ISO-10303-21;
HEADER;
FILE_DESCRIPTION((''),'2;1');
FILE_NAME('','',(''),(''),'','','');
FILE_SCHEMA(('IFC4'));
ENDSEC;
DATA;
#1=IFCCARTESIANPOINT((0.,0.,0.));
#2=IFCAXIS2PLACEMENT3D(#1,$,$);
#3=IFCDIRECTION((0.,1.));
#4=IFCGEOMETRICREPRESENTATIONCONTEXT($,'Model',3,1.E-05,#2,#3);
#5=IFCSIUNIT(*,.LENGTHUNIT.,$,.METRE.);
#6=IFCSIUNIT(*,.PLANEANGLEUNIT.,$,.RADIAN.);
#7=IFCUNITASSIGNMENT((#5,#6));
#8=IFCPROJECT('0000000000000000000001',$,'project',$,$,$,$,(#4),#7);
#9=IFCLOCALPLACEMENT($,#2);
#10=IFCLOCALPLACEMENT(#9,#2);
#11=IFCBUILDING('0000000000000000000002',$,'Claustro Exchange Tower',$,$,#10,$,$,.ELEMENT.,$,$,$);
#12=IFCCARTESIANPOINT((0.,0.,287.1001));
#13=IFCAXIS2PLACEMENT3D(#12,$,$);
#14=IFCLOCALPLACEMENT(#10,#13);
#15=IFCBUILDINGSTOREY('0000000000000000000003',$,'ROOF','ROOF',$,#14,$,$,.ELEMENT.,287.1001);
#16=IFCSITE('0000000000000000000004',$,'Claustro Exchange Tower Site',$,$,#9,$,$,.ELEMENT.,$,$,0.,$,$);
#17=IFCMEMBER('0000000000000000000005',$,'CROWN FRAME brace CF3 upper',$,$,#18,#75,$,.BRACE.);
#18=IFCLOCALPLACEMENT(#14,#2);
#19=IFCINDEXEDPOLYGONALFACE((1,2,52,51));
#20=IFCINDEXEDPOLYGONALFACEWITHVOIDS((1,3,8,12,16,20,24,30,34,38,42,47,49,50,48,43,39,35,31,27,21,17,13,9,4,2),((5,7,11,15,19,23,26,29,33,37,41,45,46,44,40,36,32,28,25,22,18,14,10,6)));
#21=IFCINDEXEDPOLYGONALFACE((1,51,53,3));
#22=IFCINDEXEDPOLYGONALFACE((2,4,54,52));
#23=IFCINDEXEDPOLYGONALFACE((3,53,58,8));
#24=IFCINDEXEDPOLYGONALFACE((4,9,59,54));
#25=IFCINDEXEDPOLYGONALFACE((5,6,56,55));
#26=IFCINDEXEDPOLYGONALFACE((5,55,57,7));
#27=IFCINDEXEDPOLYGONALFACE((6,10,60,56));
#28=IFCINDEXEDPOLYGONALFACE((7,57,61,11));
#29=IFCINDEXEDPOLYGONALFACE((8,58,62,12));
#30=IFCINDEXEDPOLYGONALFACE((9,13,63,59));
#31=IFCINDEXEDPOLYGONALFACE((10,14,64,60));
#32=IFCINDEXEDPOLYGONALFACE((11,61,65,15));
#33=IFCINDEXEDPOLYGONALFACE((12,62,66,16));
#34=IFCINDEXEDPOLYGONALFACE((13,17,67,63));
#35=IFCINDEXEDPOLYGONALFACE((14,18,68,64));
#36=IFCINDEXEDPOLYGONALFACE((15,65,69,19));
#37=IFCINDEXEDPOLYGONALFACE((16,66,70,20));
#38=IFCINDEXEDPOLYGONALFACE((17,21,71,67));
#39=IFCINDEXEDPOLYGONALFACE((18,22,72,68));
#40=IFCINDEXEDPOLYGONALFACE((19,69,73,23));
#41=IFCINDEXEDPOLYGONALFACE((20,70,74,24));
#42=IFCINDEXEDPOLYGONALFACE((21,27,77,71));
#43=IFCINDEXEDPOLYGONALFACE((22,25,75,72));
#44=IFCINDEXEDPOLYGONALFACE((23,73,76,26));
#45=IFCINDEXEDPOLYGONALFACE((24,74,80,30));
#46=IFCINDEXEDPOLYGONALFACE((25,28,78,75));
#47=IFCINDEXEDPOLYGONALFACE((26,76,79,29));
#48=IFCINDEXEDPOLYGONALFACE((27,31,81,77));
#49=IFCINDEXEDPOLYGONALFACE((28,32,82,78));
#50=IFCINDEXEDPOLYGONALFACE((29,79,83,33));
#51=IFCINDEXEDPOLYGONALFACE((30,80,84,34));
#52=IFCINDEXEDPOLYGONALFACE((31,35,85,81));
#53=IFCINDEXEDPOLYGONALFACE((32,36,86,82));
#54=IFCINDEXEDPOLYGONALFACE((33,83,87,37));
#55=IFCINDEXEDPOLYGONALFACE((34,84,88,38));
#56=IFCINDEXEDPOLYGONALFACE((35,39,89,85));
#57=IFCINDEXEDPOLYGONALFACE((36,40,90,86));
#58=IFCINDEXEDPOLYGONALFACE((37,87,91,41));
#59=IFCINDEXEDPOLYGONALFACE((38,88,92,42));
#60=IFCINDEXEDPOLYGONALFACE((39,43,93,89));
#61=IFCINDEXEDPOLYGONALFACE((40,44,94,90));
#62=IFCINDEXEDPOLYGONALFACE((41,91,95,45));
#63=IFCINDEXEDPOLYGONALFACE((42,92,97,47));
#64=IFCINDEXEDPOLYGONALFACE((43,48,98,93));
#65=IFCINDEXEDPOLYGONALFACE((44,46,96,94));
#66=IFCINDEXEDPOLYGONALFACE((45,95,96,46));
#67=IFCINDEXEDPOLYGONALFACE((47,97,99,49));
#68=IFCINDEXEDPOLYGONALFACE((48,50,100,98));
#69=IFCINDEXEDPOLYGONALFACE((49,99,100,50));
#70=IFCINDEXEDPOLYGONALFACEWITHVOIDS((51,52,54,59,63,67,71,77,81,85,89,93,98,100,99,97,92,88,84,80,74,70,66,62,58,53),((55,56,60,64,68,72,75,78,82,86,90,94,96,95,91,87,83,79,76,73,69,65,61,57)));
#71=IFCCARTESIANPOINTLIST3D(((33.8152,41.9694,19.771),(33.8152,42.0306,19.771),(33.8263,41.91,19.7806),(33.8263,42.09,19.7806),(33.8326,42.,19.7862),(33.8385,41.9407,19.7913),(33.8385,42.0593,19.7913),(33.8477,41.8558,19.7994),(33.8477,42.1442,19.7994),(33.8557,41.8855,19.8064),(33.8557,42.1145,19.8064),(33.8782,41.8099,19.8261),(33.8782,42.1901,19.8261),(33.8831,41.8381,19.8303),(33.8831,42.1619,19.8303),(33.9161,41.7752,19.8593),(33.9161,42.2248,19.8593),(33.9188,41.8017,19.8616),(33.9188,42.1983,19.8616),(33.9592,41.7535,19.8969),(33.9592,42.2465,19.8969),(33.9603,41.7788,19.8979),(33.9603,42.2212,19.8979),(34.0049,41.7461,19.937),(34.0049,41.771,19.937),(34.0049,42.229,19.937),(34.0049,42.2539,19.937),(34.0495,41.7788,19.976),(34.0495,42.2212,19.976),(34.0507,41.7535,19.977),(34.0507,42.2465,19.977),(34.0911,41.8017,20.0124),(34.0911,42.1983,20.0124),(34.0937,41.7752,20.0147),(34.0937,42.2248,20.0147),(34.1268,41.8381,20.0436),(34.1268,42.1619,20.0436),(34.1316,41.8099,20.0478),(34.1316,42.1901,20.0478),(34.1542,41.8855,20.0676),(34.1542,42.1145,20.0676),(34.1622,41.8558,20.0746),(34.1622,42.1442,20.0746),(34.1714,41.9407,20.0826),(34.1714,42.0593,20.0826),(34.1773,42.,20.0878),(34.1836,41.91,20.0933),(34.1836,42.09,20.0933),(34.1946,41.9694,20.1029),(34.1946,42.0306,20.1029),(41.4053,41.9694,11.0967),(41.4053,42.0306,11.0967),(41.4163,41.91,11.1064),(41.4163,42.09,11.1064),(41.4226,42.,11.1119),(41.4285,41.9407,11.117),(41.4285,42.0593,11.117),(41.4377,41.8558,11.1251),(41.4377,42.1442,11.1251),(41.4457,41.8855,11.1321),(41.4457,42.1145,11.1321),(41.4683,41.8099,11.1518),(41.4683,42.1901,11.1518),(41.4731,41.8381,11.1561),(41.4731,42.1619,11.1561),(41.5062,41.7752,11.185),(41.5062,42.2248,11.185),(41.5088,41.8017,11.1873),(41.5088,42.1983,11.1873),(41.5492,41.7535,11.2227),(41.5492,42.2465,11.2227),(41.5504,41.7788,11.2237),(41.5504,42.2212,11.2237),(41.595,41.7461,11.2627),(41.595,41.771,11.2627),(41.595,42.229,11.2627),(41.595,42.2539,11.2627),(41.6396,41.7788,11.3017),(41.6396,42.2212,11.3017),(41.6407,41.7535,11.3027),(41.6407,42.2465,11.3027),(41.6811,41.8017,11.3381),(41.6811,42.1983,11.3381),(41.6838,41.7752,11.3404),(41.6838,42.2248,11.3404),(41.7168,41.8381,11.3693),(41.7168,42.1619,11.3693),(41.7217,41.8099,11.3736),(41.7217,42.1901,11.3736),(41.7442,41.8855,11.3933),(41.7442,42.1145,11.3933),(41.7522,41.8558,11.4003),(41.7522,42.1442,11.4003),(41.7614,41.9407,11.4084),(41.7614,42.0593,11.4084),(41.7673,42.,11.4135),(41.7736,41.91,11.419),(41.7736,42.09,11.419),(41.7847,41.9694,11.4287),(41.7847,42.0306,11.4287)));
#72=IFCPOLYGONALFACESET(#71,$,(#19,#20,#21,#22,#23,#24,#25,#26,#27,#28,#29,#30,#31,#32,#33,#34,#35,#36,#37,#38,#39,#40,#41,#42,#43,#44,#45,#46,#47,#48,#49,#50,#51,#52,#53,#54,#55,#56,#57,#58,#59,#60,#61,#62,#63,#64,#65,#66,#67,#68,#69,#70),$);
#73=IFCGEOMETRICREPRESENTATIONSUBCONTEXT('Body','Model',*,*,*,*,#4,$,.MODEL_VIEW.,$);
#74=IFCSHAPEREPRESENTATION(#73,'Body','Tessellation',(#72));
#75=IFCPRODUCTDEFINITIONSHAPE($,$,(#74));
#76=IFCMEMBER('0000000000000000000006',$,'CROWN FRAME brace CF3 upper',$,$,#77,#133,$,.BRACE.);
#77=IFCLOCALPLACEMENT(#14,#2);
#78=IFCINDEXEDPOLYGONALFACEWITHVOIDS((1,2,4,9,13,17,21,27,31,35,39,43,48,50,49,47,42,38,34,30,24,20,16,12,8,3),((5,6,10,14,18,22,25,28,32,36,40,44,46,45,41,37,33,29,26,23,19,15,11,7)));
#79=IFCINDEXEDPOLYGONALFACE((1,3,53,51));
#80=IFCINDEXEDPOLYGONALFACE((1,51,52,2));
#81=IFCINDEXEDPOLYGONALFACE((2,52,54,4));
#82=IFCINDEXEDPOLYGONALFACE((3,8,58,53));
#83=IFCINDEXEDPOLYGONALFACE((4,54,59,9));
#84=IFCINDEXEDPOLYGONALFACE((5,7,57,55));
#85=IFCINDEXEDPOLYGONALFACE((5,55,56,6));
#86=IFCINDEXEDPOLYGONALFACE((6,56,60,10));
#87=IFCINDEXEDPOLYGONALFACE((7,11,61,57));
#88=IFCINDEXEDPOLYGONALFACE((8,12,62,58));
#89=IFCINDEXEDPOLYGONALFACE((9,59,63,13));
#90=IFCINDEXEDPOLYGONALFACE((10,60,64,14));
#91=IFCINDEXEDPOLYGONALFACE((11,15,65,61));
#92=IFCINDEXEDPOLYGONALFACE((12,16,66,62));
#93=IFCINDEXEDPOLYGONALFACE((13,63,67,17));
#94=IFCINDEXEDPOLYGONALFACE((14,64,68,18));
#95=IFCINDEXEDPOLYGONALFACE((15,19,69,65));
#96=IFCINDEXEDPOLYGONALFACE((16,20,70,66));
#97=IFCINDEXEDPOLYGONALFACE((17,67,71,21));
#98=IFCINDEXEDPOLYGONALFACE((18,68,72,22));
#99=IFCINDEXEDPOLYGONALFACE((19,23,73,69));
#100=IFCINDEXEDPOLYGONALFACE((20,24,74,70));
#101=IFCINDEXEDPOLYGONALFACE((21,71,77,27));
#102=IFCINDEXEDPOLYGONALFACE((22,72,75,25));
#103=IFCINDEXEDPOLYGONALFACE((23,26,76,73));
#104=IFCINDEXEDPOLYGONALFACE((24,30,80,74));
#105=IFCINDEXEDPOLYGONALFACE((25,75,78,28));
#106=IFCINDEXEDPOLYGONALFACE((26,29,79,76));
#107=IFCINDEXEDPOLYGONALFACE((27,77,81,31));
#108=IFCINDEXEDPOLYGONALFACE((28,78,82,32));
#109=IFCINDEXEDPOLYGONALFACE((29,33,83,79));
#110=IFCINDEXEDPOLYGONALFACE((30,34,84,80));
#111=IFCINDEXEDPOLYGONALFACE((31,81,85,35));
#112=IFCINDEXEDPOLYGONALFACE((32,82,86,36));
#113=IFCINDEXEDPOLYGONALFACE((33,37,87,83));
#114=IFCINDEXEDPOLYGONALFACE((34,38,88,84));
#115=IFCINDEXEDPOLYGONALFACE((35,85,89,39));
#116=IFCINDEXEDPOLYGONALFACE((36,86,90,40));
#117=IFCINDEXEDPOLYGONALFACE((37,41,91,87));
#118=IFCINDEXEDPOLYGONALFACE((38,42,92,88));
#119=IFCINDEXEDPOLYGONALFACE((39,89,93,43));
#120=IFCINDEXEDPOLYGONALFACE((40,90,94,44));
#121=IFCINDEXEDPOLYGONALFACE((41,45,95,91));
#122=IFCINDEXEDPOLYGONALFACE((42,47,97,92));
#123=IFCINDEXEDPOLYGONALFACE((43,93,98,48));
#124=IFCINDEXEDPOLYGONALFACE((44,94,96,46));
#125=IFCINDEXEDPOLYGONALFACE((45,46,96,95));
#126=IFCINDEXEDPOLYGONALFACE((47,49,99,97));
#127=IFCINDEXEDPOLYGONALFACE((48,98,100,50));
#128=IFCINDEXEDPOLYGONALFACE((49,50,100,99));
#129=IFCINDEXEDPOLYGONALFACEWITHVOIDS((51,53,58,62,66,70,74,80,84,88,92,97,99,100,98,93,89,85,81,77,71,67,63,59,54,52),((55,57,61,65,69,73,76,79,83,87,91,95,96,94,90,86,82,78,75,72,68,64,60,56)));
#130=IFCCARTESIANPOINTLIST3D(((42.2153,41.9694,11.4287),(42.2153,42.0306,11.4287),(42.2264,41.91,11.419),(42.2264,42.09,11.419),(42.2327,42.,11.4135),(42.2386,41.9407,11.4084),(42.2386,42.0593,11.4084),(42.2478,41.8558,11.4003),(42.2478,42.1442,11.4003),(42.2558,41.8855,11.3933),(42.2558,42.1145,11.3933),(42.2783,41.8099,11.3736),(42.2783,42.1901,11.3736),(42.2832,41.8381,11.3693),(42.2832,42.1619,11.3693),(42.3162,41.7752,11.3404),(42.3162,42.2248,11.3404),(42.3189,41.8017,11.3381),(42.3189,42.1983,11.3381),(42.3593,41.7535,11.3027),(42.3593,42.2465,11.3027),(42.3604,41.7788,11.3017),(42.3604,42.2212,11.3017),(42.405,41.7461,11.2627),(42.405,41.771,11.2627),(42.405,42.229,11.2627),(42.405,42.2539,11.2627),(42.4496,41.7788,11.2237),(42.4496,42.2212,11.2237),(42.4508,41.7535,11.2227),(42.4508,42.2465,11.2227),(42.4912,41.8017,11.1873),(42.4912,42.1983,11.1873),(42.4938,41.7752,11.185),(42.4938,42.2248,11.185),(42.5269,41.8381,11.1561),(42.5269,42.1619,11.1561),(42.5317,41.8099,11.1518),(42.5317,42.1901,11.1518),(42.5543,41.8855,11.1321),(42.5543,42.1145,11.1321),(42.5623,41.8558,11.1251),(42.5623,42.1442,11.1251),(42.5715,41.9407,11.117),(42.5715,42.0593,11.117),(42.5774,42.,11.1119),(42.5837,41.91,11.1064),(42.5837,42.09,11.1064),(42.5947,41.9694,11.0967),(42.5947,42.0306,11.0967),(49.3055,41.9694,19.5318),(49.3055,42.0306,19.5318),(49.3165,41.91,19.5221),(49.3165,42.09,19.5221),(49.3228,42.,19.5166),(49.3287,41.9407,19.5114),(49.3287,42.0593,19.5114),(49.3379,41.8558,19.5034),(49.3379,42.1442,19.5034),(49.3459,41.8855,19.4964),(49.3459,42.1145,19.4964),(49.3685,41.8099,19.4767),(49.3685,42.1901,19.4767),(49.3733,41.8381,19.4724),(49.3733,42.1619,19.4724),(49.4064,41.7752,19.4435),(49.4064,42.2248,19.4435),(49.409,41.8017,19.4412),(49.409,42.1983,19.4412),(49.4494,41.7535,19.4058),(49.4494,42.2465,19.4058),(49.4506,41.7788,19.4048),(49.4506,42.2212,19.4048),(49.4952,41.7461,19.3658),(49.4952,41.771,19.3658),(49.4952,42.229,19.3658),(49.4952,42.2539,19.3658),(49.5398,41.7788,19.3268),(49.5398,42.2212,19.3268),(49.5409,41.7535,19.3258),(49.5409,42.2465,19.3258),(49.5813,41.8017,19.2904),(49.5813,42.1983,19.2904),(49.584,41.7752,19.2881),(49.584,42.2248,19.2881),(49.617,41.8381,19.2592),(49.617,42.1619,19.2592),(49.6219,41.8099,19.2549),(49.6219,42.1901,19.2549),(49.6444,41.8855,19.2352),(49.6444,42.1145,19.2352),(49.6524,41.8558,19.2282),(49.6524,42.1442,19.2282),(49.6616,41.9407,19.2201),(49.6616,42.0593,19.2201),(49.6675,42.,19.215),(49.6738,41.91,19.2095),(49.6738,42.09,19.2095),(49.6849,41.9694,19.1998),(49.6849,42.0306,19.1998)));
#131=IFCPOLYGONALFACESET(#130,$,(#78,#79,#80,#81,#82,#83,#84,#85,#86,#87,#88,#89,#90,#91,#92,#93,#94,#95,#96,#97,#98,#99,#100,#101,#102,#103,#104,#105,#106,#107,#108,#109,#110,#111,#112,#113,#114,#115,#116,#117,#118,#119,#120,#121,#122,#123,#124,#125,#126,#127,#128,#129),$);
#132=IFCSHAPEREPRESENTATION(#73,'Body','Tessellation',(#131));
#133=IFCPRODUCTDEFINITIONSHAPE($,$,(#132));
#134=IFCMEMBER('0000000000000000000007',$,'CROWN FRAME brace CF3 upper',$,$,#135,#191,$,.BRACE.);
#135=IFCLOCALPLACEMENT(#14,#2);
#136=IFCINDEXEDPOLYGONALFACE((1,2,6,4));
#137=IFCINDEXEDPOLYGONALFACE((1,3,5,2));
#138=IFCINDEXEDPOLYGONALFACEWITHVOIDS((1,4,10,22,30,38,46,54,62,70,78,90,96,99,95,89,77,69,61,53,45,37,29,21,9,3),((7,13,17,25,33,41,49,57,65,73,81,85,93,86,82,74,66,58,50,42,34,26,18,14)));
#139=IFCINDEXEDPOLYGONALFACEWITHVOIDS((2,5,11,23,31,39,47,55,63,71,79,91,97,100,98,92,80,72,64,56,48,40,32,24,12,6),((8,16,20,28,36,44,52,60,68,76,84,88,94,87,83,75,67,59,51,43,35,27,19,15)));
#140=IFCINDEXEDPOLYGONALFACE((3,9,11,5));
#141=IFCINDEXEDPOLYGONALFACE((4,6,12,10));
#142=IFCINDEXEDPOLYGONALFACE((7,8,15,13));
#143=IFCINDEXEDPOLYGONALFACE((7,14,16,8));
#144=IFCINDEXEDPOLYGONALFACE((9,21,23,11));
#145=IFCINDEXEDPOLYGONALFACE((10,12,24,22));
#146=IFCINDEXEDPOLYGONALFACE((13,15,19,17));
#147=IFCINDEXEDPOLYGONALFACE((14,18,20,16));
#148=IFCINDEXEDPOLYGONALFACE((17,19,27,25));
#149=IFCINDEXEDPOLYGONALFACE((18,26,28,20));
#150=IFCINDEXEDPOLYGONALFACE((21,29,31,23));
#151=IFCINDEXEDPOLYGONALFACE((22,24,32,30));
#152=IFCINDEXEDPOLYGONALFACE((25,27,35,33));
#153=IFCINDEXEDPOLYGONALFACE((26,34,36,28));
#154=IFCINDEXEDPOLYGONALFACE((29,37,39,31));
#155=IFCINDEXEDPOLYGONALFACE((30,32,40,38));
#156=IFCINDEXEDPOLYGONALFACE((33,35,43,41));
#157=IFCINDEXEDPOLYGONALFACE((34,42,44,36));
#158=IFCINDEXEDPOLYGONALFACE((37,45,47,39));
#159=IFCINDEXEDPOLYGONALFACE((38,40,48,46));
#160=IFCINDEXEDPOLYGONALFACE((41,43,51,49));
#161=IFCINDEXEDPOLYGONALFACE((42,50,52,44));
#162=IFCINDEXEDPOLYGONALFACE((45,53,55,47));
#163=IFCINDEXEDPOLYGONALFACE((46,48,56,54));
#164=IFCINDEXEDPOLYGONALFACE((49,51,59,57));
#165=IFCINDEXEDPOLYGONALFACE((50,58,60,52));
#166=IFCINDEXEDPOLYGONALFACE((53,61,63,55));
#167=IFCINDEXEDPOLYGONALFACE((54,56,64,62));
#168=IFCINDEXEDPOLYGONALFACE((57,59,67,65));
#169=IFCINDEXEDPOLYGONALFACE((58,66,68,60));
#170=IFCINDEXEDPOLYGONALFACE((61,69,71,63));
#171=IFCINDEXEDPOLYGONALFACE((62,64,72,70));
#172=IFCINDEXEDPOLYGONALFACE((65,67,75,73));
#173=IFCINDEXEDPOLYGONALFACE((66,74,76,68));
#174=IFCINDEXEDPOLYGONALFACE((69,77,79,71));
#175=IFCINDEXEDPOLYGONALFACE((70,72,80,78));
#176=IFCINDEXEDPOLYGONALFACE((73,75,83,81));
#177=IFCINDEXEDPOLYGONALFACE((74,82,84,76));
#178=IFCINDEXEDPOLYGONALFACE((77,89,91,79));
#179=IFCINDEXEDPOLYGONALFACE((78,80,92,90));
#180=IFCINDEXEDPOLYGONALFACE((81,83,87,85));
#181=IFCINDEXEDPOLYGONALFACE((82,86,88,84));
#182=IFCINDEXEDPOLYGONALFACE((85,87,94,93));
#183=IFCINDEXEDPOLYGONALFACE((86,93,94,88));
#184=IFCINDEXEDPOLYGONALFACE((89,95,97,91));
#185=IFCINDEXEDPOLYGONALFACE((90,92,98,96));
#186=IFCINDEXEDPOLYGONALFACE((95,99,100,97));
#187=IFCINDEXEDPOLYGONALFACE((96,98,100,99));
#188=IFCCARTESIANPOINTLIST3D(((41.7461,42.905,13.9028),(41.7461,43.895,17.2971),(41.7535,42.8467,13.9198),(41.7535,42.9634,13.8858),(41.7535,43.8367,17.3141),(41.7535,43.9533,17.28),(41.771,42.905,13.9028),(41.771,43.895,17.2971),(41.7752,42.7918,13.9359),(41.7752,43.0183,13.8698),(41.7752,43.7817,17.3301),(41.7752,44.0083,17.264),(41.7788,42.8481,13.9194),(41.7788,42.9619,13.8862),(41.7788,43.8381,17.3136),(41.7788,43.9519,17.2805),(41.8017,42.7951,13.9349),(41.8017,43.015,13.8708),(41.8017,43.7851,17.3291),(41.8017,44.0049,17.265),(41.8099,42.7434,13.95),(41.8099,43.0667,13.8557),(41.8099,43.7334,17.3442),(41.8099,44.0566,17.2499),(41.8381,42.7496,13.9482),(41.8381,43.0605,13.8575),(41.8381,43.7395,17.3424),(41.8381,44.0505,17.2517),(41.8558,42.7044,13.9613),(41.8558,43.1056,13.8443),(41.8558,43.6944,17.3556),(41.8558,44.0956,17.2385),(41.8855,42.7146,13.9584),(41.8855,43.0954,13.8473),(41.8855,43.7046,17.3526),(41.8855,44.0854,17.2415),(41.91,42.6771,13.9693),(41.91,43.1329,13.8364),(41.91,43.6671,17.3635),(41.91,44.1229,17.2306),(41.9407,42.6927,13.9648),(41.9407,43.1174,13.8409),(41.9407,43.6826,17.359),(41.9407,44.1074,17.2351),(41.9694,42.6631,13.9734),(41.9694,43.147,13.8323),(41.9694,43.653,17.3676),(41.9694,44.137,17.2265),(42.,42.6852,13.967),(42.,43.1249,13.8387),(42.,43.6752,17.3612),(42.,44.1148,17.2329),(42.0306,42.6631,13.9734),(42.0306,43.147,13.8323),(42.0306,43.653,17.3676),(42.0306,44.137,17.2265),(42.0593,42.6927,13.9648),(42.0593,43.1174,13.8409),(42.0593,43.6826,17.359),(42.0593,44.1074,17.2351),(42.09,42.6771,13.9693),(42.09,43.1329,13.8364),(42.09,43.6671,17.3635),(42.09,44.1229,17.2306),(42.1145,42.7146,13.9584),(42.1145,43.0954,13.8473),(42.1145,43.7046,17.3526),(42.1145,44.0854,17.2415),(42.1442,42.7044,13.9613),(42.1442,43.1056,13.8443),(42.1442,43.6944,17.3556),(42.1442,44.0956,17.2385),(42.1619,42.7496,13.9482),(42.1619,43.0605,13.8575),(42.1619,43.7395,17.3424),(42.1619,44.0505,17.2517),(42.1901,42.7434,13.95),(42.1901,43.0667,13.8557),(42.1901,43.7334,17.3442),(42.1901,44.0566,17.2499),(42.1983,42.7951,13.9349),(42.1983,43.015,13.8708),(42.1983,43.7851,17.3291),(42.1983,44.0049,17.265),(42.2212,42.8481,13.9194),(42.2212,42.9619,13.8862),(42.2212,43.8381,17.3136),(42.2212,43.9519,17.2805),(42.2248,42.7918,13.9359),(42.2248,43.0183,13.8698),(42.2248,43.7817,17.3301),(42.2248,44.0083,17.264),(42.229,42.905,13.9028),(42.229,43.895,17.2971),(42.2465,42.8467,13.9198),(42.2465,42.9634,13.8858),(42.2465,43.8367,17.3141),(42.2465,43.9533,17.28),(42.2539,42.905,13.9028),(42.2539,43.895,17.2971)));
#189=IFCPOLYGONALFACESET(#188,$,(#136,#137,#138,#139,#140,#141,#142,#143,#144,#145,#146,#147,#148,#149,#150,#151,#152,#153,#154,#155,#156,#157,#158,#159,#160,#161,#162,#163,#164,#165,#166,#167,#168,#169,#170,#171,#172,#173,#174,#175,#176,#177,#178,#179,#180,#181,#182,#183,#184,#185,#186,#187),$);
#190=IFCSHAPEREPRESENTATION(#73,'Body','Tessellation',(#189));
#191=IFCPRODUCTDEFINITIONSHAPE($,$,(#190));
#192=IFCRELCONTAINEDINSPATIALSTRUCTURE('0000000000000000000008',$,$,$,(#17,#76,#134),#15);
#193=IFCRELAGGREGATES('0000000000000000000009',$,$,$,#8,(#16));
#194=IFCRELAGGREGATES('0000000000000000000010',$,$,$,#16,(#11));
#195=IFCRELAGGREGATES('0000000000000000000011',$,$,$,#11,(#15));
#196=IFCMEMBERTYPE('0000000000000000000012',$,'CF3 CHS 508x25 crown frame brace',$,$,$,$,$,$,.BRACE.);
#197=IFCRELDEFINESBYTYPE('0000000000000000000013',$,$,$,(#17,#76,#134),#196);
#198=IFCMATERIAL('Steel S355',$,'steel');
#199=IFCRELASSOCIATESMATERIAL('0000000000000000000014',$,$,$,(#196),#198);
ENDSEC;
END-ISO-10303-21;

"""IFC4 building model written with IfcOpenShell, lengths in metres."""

from ifc_helpers import new_model, si_unit, direction, frame, origin, origin_2d, place, context, subcontext, project, spatial, hollow_circle, extrude, material, material_profile, profile_set, type_object, element, save


model = new_model("IFC4")

# Units and contexts
model_context = context("Model", 3, precision=1e-05, world=origin(), true_north=direction((0.0, 1.0)))
body_context = subcontext(model_context, "Body", "Model", "MODEL_VIEW")
ifc_project = project(units=[si_unit("LENGTHUNIT", "METRE"), si_unit("PLANEANGLEUNIT", "RADIAN")], contexts=[model_context])

# Site, building, storey
site_placement = place(None, origin())
site = spatial("IfcSite", under=ifc_project, at=site_placement, Name="Claustro Exchange Tower Site", CompositionType="ELEMENT", RefElevation=0.0)
building_placement = place(site_placement, origin())
building = spatial("IfcBuilding", under=site, at=building_placement, Name="Claustro Exchange Tower", CompositionType="ELEMENT")
storey_placement = place(building_placement, frame((0.0, 0.0, 287.1001)))
storey = spatial("IfcBuildingStorey", under=building, at=storey_placement, Name="ROOF", Description="ROOF", CompositionType="ELEMENT", Elevation=287.1001)

# Members
ifc_material_1 = material(Name="Steel S355", Category="steel")
ifc_material_profile_1 = material_profile(ifc_material_1, hollow_circle(Radius=0.2539, WallThickness=0.0249, at=origin_2d()), Name="CHS 508x25")
ifc_profile_set_1 = profile_set([ifc_material_profile_1], Name="Steel S355")
member_type = type_object("IfcMemberType", Name="CF3 CHS 508x25 crown frame brace", PredefinedType="BRACE", material=ifc_profile_set_1)
for number, where, z_axis, x_axis, name in (
    (1, (41.595, 42.0, 11.2627), (-0.658508, 0.0, 0.752574), (0.0, -1.0, 0.0), "CROWN FRAME brace CF3 upper"),
):
    element("IfcMember", number, at=place(storey_placement, frame(where, z_axis=z_axis, x_axis=x_axis)), inside=storey, type_object=member_type, Name=name, PredefinedType="BRACE", context=body_context, shape_type="SweptSolid", body=[
        extrude(hollow_circle(Radius=0.2539, WallThickness=0.0249, at=origin_2d()), origin(), (0.0, 0.0, 1.0), 11.5261),
    ])
member_1_placement = place(storey_placement, frame((42.405, 42.0, 11.2627), z_axis=(0.658501, 0.0, 0.75258), x_axis=(0.0, 1.0, 0.0)))
element("IfcMember", 2, at=member_1_placement, inside=storey, type_object=member_type, Name="CROWN FRAME brace CF3 upper", PredefinedType="BRACE", context=body_context, shape_type="SweptSolid", body=[
    extrude(hollow_circle(Radius=0.2539, WallThickness=0.0249, at=origin_2d()), origin(), (0.0, 0.0, 1.0), 10.7671),
])
member_2_placement = place(storey_placement, frame((42.0, 42.905, 13.9028), z_axis=(0.0, 0.279997, 0.960001), x_axis=(-1.0, 0.0, 0.0)))
element("IfcMember", 3, at=member_2_placement, inside=storey, type_object=member_type, Name="CROWN FRAME brace CF3 upper", PredefinedType="BRACE", context=body_context, shape_type="SweptSolid", body=[
    extrude(hollow_circle(Radius=0.2539, WallThickness=0.0249, at=origin_2d()), origin(), (0.0, 0.0, 1.0), 3.5356),
])

save(model, "model.ifc")
